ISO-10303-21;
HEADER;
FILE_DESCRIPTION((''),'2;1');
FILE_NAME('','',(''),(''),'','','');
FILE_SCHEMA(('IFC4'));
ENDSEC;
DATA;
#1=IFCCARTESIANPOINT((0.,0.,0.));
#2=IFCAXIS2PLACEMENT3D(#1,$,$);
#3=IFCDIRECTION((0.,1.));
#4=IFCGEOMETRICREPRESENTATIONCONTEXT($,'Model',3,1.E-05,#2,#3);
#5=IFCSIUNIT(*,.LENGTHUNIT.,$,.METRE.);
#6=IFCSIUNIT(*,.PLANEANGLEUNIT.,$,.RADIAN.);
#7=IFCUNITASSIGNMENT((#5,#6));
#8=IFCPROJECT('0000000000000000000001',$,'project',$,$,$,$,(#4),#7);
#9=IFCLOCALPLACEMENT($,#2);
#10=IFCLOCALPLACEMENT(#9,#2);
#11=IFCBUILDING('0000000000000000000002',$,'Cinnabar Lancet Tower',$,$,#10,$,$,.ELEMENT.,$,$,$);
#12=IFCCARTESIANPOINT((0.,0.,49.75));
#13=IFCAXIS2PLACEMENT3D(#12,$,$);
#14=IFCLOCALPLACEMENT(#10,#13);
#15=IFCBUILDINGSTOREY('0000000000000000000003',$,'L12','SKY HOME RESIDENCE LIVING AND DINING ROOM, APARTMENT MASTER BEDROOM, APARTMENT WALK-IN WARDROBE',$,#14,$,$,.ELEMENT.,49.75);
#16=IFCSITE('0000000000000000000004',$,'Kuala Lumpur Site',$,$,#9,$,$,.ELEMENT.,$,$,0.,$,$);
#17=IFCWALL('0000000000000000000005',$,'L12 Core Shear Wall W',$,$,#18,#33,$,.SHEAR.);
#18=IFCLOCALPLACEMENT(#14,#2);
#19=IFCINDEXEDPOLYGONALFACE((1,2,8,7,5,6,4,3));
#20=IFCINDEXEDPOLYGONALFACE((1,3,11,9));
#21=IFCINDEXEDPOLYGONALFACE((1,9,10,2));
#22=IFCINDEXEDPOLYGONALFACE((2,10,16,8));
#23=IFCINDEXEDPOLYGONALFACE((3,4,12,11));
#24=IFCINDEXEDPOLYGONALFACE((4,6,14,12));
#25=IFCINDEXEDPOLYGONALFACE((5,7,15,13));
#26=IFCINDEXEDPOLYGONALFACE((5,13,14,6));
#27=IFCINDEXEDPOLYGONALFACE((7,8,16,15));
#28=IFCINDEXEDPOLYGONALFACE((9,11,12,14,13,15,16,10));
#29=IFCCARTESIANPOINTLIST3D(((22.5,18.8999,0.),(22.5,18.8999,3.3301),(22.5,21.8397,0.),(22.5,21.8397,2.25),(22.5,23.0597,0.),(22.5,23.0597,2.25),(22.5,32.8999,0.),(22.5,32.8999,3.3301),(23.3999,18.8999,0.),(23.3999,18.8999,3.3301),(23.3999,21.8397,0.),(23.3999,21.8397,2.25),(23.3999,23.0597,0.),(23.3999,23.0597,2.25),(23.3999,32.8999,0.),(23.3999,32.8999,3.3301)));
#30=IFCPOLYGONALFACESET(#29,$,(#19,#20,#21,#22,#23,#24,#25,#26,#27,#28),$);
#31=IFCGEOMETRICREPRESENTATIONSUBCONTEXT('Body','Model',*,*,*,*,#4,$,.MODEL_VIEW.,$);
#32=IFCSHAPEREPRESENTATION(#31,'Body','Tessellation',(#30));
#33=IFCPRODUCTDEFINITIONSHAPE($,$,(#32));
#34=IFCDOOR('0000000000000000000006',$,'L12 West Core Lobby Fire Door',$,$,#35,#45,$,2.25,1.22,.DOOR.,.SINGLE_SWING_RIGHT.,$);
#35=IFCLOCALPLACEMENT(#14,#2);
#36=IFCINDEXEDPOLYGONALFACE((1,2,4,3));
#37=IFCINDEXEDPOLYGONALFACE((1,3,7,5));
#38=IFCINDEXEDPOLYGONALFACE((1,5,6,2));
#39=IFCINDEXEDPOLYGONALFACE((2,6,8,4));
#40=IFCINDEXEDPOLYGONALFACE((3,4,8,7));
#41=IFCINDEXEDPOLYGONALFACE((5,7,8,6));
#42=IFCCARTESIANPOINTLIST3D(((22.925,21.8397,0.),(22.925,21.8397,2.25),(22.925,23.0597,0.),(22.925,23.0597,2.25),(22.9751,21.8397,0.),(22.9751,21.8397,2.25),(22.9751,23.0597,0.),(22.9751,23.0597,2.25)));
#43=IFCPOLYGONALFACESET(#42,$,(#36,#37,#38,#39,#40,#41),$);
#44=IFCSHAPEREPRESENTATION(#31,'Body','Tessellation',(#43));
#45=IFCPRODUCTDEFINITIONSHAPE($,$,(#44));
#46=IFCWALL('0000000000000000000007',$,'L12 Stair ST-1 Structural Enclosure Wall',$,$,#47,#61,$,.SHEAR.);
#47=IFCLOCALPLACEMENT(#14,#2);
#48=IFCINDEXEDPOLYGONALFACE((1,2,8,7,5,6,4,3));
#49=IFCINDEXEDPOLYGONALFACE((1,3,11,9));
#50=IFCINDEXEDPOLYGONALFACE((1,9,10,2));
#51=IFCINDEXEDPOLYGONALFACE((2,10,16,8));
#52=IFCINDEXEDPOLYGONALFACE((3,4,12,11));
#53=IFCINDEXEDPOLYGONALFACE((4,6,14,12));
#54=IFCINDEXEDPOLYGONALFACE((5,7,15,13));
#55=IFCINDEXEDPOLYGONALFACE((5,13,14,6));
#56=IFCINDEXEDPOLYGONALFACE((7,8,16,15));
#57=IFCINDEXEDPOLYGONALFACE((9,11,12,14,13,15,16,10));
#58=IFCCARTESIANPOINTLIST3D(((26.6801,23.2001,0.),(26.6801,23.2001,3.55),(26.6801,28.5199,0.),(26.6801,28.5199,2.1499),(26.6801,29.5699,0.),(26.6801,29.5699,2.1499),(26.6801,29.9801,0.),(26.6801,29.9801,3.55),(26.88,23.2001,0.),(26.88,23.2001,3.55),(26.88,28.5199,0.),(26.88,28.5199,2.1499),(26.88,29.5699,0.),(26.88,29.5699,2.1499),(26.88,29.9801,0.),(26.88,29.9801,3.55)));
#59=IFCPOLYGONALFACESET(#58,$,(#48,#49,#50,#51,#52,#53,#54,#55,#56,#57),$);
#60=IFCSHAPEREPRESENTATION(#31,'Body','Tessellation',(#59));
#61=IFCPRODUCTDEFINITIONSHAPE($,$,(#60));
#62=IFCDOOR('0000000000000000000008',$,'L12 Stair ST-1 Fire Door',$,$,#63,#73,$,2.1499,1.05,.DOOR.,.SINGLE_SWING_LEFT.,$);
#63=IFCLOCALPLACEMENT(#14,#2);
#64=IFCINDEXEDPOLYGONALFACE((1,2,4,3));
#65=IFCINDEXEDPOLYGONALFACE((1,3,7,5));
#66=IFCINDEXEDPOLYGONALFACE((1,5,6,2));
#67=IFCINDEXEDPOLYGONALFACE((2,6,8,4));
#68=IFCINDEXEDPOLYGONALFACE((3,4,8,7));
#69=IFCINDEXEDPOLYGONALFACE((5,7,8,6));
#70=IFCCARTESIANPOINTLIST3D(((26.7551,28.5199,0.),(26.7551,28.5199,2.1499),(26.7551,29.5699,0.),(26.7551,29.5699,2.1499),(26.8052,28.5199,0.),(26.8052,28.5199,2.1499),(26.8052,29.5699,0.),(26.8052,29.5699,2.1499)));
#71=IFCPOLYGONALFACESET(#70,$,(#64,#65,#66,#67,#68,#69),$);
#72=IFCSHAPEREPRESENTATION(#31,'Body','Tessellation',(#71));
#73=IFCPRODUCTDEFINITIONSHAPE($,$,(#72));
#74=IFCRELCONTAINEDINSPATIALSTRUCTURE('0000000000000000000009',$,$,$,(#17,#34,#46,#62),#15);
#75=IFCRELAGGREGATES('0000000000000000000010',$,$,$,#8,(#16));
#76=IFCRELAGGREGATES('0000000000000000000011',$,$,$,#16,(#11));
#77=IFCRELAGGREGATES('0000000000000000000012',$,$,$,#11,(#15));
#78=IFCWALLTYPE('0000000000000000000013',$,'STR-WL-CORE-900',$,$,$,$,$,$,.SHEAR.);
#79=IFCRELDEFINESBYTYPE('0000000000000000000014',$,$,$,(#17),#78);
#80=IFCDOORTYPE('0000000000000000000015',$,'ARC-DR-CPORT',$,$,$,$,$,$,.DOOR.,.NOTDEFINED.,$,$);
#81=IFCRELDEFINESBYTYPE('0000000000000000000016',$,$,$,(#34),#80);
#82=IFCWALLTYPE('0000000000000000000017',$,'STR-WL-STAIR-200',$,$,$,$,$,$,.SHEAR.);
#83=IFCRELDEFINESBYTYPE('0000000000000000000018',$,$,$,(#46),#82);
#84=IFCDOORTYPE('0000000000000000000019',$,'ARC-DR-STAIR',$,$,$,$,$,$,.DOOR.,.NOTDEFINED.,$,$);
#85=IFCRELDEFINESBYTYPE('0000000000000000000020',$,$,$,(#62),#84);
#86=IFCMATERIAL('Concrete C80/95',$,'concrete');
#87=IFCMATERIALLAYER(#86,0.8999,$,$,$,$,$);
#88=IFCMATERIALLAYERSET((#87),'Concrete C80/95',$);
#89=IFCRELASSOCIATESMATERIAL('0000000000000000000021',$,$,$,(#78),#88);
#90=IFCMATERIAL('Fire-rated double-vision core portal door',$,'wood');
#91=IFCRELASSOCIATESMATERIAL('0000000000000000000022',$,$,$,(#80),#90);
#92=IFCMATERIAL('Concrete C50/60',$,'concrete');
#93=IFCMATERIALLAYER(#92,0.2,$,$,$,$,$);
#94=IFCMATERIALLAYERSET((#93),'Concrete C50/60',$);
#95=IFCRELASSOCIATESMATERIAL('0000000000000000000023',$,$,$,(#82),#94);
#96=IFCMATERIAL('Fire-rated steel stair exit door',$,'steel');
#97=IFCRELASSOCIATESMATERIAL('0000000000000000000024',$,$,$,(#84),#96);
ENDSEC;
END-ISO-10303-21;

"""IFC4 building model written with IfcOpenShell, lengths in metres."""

from ifc_helpers import new_model, si_unit, direction, frame, frame_2d, origin, place, context, subcontext, project, spatial, rectangle, extrude, material, layer, layer_set, type_object, element, fill, save


model = new_model("IFC4")

# Units and contexts
model_context = context("Model", 3, precision=1e-05, world=origin(), true_north=direction((0.0, 1.0)))
body_context = subcontext(model_context, "Body", "Model", "MODEL_VIEW")
ifc_project = project(units=[si_unit("LENGTHUNIT", "METRE"), si_unit("PLANEANGLEUNIT", "RADIAN")], contexts=[model_context])

# Site, building, storey
site_placement = place(None, origin())
site = spatial("IfcSite", under=ifc_project, at=site_placement, Name="Kuala Lumpur Site", CompositionType="ELEMENT", RefElevation=0.0)
building_placement = place(site_placement, origin())
building = spatial("IfcBuilding", under=site, at=building_placement, Name="Cinnabar Lancet Tower", CompositionType="ELEMENT")
storey_placement = place(building_placement, frame((0.0, 0.0, 49.75)))
storey = spatial("IfcBuildingStorey", under=building, at=storey_placement, Name="L12", Description="SKY HOME RESIDENCE LIVING AND DINING ROOM, APARTMENT MASTER BEDROOM, APARTMENT WALK-IN WARDROBE", CompositionType="ELEMENT", Elevation=49.75)

# Shared definitions
ifc_material_1 = material(Name="Concrete C80/95", Category="concrete")
ifc_layer_1 = layer(ifc_material_1, 0.8999)
ifc_layer_set_1 = layer_set([ifc_layer_1], Name="Concrete C80/95")
wall_type_1 = type_object("IfcWallType", Name="STR-WL-CORE-900", PredefinedType="SHEAR", material=ifc_layer_set_1)

# Walls, openings, doors
wall_1_placement = place(storey_placement, frame((22.95, 18.8999, 0.0), z_axis=(0.0, 0.0, 1.0), x_axis=(0.0, 1.0, 0.0)))
wall_1 = element("IfcWall", 1, at=wall_1_placement, inside=storey, type_object=wall_type_1, Name="L12 Core Shear Wall W", PredefinedType="SHEAR", context=body_context, shape_type="SweptSolid", body=[
    extrude(rectangle(XDim=14.0, YDim=0.8999, at=frame_2d((7.0, 0.0))), origin(), (0.0, 0.0, 1.0), 3.3301),
])
opening_1_placement = place(wall_1_placement, frame((2.9399, 0.0, 0.0)))
opening_1 = element("IfcOpeningElement", 2, at=opening_1_placement, cuts=wall_1, PredefinedType="OPENING", context=body_context, shape_type="SweptSolid", body=[
    extrude(rectangle(XDim=1.22, YDim=2.25, at=frame_2d((0.6099, 1.125))), frame((0.0, 0.46, 0.0), z_axis=(0.0, -1.0, 0.0), x_axis=(1.0, 0.0, 0.0)), (0.0, 0.0, 1.0), 0.9199),
])
ifc_material_2 = material(Name="Fire-rated double-vision core portal door", Category="wood")
door_type_1 = type_object("IfcDoorType", Name="ARC-DR-CPORT", OperationType="NOTDEFINED", PredefinedType="DOOR", material=ifc_material_2)
door_1_placement = place(opening_1_placement, origin())
door_1 = element("IfcDoor", 3, at=door_1_placement, inside=storey, type_object=door_type_1, Name="L12 West Core Lobby Fire Door", OperationType="SINGLE_SWING_RIGHT", OverallHeight=2.25, OverallWidth=1.22, PredefinedType="DOOR", context=body_context, shape_type="SweptSolid", body=[
    extrude(rectangle(XDim=1.22, YDim=2.25, at=frame_2d((0.6099, 1.125))), frame((0.0, 0.0249, 0.0), z_axis=(0.0, -1.0, 0.0), x_axis=(1.0, 0.0, 0.0)), (0.0, 0.0, 1.0), 0.05),
])
fill(opening_1, door_1)
ifc_material_3 = material(Name="Concrete C50/60", Category="concrete")
ifc_layer_2 = layer(ifc_material_3, 0.2)
ifc_layer_set_2 = layer_set([ifc_layer_2], Name="Concrete C50/60")
wall_type_2 = type_object("IfcWallType", Name="STR-WL-STAIR-200", PredefinedType="SHEAR", material=ifc_layer_set_2)
wall_2_placement = place(storey_placement, frame((26.78, 23.2, 0.0), z_axis=(0.0, 0.0, 1.0), x_axis=(0.0, 1.0, 0.0)))
wall_2 = element("IfcWall", 4, at=wall_2_placement, inside=storey, type_object=wall_type_2, Name="L12 Stair ST-1 Structural Enclosure Wall", PredefinedType="SHEAR", context=body_context, shape_type="SweptSolid", body=[
    extrude(rectangle(XDim=6.78, YDim=0.2, at=frame_2d((3.3901, 0.0))), origin(), (0.0, 0.0, 1.0), 3.55),
])
opening_2_placement = place(wall_2_placement, frame((5.3201, 0.0, 0.0)))
opening_2 = element("IfcOpeningElement", 5, at=opening_2_placement, cuts=wall_2, PredefinedType="OPENING", context=body_context, shape_type="SweptSolid", body=[
    extrude(rectangle(XDim=1.05, YDim=2.1499, at=frame_2d((0.5249, 1.075))), frame((0.0, 0.1099, 0.0), z_axis=(0.0, -1.0, 0.0), x_axis=(1.0, 0.0, 0.0)), (0.0, 0.0, 1.0), 0.22),
])
ifc_material_4 = material(Name="Fire-rated steel stair exit door", Category="steel")
door_type_2 = type_object("IfcDoorType", Name="ARC-DR-STAIR", OperationType="NOTDEFINED", PredefinedType="DOOR", material=ifc_material_4)
door_2_placement = place(opening_2_placement, origin())
door_2 = element("IfcDoor", 6, at=door_2_placement, inside=storey, type_object=door_type_2, Name="L12 Stair ST-1 Fire Door", OperationType="SINGLE_SWING_LEFT", OverallHeight=2.1499, OverallWidth=1.05, PredefinedType="DOOR", context=body_context, shape_type="SweptSolid", body=[
    extrude(rectangle(XDim=1.05, YDim=2.1499, at=frame_2d((0.5249, 1.075))), frame((0.0, 0.0249, 0.0), z_axis=(0.0, -1.0, 0.0), x_axis=(1.0, 0.0, 0.0)), (0.0, 0.0, 1.0), 0.05),
])
fill(opening_2, door_2)

save(model, "model.ifc")
